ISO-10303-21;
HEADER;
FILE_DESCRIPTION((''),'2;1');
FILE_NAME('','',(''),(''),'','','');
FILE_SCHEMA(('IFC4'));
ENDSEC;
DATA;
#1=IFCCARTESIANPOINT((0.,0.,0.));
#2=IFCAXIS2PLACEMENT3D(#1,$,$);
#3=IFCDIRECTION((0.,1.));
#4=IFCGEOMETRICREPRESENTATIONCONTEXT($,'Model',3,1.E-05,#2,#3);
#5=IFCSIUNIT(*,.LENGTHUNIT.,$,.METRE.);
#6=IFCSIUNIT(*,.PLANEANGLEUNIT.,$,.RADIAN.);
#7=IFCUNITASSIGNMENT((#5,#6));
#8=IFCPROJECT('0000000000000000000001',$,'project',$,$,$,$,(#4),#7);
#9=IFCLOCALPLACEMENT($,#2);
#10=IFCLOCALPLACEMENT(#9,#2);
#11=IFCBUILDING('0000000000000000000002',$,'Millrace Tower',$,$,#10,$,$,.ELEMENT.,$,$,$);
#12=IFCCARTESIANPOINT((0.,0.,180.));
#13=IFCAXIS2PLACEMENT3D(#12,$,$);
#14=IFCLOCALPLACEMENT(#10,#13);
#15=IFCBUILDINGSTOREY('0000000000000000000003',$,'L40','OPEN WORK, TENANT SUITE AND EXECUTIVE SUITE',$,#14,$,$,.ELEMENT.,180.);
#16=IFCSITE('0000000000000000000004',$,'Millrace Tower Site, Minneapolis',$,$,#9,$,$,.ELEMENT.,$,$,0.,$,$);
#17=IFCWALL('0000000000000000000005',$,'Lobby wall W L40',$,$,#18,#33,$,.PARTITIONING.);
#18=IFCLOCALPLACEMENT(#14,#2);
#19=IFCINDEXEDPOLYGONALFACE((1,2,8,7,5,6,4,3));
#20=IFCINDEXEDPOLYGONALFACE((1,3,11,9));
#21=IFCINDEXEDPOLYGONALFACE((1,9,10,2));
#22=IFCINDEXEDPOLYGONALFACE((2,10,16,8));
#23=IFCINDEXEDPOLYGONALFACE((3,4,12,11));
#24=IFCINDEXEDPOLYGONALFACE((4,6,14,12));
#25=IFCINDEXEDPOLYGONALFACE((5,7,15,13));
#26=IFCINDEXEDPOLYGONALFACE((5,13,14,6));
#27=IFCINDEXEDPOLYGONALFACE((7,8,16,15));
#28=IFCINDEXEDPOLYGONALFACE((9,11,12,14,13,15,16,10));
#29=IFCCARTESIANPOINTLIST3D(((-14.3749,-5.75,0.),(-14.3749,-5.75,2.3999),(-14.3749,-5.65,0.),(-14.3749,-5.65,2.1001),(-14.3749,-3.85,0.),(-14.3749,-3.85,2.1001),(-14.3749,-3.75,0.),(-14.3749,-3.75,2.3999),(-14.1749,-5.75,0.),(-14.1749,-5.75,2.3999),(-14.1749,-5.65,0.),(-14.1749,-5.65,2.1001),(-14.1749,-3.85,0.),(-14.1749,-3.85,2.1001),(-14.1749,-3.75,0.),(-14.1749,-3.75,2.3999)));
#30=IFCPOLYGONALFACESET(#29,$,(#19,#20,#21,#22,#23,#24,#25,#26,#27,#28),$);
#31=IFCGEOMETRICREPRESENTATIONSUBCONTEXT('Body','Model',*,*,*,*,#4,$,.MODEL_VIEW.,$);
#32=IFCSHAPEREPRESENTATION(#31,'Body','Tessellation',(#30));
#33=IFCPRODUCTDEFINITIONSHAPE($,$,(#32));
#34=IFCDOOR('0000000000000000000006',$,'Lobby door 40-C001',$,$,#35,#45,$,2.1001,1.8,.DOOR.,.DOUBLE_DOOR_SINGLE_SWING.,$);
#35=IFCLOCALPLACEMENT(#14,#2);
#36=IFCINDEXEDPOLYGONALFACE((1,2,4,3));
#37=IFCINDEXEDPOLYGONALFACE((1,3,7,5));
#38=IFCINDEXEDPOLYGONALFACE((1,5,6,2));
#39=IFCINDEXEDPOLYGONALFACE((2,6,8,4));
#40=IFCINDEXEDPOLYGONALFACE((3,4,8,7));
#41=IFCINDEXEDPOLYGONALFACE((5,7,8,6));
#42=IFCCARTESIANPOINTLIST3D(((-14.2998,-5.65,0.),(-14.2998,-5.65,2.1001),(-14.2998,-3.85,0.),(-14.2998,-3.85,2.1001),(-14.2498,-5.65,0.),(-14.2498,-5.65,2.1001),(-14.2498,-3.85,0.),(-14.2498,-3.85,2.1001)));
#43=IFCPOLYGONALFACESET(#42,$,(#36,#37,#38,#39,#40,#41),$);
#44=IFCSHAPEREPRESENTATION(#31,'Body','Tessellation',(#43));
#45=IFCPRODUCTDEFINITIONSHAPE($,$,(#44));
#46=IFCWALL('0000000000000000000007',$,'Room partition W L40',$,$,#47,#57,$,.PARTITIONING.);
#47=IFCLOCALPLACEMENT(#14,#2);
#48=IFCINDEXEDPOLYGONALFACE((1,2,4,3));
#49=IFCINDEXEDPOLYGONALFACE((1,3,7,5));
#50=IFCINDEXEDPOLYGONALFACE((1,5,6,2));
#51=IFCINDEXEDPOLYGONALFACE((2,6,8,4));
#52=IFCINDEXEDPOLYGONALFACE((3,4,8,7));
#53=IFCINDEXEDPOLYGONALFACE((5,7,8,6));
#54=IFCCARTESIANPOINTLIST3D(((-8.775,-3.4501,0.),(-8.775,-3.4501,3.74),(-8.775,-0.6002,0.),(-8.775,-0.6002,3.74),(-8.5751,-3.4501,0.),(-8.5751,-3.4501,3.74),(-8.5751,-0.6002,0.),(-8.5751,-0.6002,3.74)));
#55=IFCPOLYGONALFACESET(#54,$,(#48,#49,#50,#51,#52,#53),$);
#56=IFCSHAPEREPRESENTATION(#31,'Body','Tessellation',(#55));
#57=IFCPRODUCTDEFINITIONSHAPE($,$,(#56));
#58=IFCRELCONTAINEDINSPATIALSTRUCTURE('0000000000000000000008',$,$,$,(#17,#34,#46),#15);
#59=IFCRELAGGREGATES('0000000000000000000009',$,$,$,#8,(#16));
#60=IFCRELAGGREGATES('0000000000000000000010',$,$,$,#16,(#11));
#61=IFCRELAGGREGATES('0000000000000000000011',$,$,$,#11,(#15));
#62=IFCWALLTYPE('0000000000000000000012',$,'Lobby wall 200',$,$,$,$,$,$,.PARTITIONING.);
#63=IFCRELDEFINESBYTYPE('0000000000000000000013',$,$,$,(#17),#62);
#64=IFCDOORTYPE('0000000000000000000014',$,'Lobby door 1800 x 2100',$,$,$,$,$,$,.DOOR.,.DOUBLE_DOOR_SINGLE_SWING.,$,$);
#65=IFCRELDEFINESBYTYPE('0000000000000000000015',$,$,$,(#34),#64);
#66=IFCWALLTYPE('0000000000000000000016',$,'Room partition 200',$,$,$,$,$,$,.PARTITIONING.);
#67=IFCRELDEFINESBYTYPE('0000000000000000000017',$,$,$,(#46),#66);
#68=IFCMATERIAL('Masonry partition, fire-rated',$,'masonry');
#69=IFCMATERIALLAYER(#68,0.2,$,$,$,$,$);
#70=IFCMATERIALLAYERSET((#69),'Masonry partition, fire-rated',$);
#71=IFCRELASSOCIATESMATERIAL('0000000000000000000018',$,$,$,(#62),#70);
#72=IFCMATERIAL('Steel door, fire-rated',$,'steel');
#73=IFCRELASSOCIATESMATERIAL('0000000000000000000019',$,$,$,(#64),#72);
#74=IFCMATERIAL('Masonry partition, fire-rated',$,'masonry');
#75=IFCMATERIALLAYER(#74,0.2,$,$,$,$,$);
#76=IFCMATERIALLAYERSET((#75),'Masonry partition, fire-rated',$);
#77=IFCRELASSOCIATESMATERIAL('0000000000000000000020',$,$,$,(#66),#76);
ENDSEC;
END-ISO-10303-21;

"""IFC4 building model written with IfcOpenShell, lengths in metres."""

from ifc_helpers import new_model, si_unit, direction, frame, frame_2d, origin, place, context, subcontext, project, spatial, rectangle, extrude, material, layer, layer_set, type_object, element, fill, save


model = new_model("IFC4")

# Units and contexts
model_context = context("Model", 3, precision=1e-05, world=origin(), true_north=direction((0.0, 1.0)))
body_context = subcontext(model_context, "Body", "Model", "MODEL_VIEW")
ifc_project = project(units=[si_unit("LENGTHUNIT", "METRE"), si_unit("PLANEANGLEUNIT", "RADIAN")], contexts=[model_context])

# Site, building, storey
site_placement = place(None, origin())
site = spatial("IfcSite", under=ifc_project, at=site_placement, Name="Millrace Tower Site, Minneapolis", CompositionType="ELEMENT", RefElevation=0.0)
building_placement = place(site_placement, origin())
building = spatial("IfcBuilding", under=site, at=building_placement, Name="Millrace Tower", CompositionType="ELEMENT")
storey_placement = place(building_placement, frame((0.0, 0.0, 180.0)))
storey = spatial("IfcBuildingStorey", under=building, at=storey_placement, Name="L40", Description="OPEN WORK, TENANT SUITE AND EXECUTIVE SUITE", CompositionType="ELEMENT", Elevation=180.0)

# Wall, opening, door
ifc_material_1 = material(Name="Masonry partition, fire-rated", Category="masonry")
ifc_layer_1 = layer(ifc_material_1, 0.2)
ifc_layer_set_1 = layer_set([ifc_layer_1], Name="Masonry partition, fire-rated")
wall_type_1 = type_object("IfcWallType", Name="Lobby wall 200", PredefinedType="PARTITIONING", material=ifc_layer_set_1)
wall_1_placement = place(storey_placement, frame((-14.2749, -5.75, 0.0), z_axis=(0.0, 0.0, 1.0), x_axis=(0.0, 1.0, 0.0)))
wall_1 = element("IfcWall", 1, at=wall_1_placement, inside=storey, type_object=wall_type_1, Name="Lobby wall W L40", PredefinedType="PARTITIONING", context=body_context, shape_type="SweptSolid", body=[
    extrude(rectangle(XDim=2.0, YDim=0.2, at=frame_2d((1.0, 0.0))), origin(), (0.0, 0.0, 1.0), 2.3999),
])
opening_1_placement = place(wall_1_placement, frame((0.1001, 0.0, 0.0)))
opening_1 = element("IfcOpeningElement", 2, at=opening_1_placement, cuts=wall_1, PredefinedType="OPENING", context=body_context, shape_type="SweptSolid", body=[
    extrude(rectangle(XDim=1.8, YDim=2.1001, at=frame_2d((0.8999, 1.05))), frame((0.0, 0.1099, 0.0), z_axis=(0.0, -1.0, 0.0), x_axis=(1.0, 0.0, 0.0)), (0.0, 0.0, 1.0), 0.22),
])
ifc_material_2 = material(Name="Steel door, fire-rated", Category="steel")
door_type_1 = type_object("IfcDoorType", Name="Lobby door 1800 x 2100", OperationType="DOUBLE_DOOR_SINGLE_SWING", PredefinedType="DOOR", material=ifc_material_2)
door_1_placement = place(opening_1_placement, origin())
door_1 = element("IfcDoor", 3, at=door_1_placement, inside=storey, type_object=door_type_1, Name="Lobby door 40-C001", OperationType="DOUBLE_DOOR_SINGLE_SWING", OverallHeight=2.1001, OverallWidth=1.8, PredefinedType="DOOR", context=body_context, shape_type="SweptSolid", body=[
    extrude(rectangle(XDim=1.8, YDim=2.1001, at=frame_2d((0.8999, 1.05))), frame((0.0, 0.0249, 0.0), z_axis=(0.0, -1.0, 0.0), x_axis=(1.0, 0.0, 0.0)), (0.0, 0.0, 1.0), 0.05),
])
fill(opening_1, door_1)

# Wall
ifc_material_3 = material(Name="Masonry partition, fire-rated", Category="masonry")
ifc_layer_2 = layer(ifc_material_3, 0.2)
ifc_layer_set_2 = layer_set([ifc_layer_2], Name="Masonry partition, fire-rated")
wall_type_2 = type_object("IfcWallType", Name="Room partition 200", PredefinedType="PARTITIONING", material=ifc_layer_set_2)
wall_2_placement = place(storey_placement, frame((-8.675, -3.45, 0.0), z_axis=(0.0, 0.0, 1.0), x_axis=(0.0, 1.0, 0.0)))
element("IfcWall", 4, at=wall_2_placement, inside=storey, type_object=wall_type_2, Name="Room partition W L40", PredefinedType="PARTITIONING", context=body_context, shape_type="SweptSolid", body=[
    extrude(rectangle(XDim=2.8499, YDim=0.2, at=frame_2d((1.4248, 0.0))), origin(), (0.0, 0.0, 1.0), 3.74),
])

save(model, "model.ifc")
